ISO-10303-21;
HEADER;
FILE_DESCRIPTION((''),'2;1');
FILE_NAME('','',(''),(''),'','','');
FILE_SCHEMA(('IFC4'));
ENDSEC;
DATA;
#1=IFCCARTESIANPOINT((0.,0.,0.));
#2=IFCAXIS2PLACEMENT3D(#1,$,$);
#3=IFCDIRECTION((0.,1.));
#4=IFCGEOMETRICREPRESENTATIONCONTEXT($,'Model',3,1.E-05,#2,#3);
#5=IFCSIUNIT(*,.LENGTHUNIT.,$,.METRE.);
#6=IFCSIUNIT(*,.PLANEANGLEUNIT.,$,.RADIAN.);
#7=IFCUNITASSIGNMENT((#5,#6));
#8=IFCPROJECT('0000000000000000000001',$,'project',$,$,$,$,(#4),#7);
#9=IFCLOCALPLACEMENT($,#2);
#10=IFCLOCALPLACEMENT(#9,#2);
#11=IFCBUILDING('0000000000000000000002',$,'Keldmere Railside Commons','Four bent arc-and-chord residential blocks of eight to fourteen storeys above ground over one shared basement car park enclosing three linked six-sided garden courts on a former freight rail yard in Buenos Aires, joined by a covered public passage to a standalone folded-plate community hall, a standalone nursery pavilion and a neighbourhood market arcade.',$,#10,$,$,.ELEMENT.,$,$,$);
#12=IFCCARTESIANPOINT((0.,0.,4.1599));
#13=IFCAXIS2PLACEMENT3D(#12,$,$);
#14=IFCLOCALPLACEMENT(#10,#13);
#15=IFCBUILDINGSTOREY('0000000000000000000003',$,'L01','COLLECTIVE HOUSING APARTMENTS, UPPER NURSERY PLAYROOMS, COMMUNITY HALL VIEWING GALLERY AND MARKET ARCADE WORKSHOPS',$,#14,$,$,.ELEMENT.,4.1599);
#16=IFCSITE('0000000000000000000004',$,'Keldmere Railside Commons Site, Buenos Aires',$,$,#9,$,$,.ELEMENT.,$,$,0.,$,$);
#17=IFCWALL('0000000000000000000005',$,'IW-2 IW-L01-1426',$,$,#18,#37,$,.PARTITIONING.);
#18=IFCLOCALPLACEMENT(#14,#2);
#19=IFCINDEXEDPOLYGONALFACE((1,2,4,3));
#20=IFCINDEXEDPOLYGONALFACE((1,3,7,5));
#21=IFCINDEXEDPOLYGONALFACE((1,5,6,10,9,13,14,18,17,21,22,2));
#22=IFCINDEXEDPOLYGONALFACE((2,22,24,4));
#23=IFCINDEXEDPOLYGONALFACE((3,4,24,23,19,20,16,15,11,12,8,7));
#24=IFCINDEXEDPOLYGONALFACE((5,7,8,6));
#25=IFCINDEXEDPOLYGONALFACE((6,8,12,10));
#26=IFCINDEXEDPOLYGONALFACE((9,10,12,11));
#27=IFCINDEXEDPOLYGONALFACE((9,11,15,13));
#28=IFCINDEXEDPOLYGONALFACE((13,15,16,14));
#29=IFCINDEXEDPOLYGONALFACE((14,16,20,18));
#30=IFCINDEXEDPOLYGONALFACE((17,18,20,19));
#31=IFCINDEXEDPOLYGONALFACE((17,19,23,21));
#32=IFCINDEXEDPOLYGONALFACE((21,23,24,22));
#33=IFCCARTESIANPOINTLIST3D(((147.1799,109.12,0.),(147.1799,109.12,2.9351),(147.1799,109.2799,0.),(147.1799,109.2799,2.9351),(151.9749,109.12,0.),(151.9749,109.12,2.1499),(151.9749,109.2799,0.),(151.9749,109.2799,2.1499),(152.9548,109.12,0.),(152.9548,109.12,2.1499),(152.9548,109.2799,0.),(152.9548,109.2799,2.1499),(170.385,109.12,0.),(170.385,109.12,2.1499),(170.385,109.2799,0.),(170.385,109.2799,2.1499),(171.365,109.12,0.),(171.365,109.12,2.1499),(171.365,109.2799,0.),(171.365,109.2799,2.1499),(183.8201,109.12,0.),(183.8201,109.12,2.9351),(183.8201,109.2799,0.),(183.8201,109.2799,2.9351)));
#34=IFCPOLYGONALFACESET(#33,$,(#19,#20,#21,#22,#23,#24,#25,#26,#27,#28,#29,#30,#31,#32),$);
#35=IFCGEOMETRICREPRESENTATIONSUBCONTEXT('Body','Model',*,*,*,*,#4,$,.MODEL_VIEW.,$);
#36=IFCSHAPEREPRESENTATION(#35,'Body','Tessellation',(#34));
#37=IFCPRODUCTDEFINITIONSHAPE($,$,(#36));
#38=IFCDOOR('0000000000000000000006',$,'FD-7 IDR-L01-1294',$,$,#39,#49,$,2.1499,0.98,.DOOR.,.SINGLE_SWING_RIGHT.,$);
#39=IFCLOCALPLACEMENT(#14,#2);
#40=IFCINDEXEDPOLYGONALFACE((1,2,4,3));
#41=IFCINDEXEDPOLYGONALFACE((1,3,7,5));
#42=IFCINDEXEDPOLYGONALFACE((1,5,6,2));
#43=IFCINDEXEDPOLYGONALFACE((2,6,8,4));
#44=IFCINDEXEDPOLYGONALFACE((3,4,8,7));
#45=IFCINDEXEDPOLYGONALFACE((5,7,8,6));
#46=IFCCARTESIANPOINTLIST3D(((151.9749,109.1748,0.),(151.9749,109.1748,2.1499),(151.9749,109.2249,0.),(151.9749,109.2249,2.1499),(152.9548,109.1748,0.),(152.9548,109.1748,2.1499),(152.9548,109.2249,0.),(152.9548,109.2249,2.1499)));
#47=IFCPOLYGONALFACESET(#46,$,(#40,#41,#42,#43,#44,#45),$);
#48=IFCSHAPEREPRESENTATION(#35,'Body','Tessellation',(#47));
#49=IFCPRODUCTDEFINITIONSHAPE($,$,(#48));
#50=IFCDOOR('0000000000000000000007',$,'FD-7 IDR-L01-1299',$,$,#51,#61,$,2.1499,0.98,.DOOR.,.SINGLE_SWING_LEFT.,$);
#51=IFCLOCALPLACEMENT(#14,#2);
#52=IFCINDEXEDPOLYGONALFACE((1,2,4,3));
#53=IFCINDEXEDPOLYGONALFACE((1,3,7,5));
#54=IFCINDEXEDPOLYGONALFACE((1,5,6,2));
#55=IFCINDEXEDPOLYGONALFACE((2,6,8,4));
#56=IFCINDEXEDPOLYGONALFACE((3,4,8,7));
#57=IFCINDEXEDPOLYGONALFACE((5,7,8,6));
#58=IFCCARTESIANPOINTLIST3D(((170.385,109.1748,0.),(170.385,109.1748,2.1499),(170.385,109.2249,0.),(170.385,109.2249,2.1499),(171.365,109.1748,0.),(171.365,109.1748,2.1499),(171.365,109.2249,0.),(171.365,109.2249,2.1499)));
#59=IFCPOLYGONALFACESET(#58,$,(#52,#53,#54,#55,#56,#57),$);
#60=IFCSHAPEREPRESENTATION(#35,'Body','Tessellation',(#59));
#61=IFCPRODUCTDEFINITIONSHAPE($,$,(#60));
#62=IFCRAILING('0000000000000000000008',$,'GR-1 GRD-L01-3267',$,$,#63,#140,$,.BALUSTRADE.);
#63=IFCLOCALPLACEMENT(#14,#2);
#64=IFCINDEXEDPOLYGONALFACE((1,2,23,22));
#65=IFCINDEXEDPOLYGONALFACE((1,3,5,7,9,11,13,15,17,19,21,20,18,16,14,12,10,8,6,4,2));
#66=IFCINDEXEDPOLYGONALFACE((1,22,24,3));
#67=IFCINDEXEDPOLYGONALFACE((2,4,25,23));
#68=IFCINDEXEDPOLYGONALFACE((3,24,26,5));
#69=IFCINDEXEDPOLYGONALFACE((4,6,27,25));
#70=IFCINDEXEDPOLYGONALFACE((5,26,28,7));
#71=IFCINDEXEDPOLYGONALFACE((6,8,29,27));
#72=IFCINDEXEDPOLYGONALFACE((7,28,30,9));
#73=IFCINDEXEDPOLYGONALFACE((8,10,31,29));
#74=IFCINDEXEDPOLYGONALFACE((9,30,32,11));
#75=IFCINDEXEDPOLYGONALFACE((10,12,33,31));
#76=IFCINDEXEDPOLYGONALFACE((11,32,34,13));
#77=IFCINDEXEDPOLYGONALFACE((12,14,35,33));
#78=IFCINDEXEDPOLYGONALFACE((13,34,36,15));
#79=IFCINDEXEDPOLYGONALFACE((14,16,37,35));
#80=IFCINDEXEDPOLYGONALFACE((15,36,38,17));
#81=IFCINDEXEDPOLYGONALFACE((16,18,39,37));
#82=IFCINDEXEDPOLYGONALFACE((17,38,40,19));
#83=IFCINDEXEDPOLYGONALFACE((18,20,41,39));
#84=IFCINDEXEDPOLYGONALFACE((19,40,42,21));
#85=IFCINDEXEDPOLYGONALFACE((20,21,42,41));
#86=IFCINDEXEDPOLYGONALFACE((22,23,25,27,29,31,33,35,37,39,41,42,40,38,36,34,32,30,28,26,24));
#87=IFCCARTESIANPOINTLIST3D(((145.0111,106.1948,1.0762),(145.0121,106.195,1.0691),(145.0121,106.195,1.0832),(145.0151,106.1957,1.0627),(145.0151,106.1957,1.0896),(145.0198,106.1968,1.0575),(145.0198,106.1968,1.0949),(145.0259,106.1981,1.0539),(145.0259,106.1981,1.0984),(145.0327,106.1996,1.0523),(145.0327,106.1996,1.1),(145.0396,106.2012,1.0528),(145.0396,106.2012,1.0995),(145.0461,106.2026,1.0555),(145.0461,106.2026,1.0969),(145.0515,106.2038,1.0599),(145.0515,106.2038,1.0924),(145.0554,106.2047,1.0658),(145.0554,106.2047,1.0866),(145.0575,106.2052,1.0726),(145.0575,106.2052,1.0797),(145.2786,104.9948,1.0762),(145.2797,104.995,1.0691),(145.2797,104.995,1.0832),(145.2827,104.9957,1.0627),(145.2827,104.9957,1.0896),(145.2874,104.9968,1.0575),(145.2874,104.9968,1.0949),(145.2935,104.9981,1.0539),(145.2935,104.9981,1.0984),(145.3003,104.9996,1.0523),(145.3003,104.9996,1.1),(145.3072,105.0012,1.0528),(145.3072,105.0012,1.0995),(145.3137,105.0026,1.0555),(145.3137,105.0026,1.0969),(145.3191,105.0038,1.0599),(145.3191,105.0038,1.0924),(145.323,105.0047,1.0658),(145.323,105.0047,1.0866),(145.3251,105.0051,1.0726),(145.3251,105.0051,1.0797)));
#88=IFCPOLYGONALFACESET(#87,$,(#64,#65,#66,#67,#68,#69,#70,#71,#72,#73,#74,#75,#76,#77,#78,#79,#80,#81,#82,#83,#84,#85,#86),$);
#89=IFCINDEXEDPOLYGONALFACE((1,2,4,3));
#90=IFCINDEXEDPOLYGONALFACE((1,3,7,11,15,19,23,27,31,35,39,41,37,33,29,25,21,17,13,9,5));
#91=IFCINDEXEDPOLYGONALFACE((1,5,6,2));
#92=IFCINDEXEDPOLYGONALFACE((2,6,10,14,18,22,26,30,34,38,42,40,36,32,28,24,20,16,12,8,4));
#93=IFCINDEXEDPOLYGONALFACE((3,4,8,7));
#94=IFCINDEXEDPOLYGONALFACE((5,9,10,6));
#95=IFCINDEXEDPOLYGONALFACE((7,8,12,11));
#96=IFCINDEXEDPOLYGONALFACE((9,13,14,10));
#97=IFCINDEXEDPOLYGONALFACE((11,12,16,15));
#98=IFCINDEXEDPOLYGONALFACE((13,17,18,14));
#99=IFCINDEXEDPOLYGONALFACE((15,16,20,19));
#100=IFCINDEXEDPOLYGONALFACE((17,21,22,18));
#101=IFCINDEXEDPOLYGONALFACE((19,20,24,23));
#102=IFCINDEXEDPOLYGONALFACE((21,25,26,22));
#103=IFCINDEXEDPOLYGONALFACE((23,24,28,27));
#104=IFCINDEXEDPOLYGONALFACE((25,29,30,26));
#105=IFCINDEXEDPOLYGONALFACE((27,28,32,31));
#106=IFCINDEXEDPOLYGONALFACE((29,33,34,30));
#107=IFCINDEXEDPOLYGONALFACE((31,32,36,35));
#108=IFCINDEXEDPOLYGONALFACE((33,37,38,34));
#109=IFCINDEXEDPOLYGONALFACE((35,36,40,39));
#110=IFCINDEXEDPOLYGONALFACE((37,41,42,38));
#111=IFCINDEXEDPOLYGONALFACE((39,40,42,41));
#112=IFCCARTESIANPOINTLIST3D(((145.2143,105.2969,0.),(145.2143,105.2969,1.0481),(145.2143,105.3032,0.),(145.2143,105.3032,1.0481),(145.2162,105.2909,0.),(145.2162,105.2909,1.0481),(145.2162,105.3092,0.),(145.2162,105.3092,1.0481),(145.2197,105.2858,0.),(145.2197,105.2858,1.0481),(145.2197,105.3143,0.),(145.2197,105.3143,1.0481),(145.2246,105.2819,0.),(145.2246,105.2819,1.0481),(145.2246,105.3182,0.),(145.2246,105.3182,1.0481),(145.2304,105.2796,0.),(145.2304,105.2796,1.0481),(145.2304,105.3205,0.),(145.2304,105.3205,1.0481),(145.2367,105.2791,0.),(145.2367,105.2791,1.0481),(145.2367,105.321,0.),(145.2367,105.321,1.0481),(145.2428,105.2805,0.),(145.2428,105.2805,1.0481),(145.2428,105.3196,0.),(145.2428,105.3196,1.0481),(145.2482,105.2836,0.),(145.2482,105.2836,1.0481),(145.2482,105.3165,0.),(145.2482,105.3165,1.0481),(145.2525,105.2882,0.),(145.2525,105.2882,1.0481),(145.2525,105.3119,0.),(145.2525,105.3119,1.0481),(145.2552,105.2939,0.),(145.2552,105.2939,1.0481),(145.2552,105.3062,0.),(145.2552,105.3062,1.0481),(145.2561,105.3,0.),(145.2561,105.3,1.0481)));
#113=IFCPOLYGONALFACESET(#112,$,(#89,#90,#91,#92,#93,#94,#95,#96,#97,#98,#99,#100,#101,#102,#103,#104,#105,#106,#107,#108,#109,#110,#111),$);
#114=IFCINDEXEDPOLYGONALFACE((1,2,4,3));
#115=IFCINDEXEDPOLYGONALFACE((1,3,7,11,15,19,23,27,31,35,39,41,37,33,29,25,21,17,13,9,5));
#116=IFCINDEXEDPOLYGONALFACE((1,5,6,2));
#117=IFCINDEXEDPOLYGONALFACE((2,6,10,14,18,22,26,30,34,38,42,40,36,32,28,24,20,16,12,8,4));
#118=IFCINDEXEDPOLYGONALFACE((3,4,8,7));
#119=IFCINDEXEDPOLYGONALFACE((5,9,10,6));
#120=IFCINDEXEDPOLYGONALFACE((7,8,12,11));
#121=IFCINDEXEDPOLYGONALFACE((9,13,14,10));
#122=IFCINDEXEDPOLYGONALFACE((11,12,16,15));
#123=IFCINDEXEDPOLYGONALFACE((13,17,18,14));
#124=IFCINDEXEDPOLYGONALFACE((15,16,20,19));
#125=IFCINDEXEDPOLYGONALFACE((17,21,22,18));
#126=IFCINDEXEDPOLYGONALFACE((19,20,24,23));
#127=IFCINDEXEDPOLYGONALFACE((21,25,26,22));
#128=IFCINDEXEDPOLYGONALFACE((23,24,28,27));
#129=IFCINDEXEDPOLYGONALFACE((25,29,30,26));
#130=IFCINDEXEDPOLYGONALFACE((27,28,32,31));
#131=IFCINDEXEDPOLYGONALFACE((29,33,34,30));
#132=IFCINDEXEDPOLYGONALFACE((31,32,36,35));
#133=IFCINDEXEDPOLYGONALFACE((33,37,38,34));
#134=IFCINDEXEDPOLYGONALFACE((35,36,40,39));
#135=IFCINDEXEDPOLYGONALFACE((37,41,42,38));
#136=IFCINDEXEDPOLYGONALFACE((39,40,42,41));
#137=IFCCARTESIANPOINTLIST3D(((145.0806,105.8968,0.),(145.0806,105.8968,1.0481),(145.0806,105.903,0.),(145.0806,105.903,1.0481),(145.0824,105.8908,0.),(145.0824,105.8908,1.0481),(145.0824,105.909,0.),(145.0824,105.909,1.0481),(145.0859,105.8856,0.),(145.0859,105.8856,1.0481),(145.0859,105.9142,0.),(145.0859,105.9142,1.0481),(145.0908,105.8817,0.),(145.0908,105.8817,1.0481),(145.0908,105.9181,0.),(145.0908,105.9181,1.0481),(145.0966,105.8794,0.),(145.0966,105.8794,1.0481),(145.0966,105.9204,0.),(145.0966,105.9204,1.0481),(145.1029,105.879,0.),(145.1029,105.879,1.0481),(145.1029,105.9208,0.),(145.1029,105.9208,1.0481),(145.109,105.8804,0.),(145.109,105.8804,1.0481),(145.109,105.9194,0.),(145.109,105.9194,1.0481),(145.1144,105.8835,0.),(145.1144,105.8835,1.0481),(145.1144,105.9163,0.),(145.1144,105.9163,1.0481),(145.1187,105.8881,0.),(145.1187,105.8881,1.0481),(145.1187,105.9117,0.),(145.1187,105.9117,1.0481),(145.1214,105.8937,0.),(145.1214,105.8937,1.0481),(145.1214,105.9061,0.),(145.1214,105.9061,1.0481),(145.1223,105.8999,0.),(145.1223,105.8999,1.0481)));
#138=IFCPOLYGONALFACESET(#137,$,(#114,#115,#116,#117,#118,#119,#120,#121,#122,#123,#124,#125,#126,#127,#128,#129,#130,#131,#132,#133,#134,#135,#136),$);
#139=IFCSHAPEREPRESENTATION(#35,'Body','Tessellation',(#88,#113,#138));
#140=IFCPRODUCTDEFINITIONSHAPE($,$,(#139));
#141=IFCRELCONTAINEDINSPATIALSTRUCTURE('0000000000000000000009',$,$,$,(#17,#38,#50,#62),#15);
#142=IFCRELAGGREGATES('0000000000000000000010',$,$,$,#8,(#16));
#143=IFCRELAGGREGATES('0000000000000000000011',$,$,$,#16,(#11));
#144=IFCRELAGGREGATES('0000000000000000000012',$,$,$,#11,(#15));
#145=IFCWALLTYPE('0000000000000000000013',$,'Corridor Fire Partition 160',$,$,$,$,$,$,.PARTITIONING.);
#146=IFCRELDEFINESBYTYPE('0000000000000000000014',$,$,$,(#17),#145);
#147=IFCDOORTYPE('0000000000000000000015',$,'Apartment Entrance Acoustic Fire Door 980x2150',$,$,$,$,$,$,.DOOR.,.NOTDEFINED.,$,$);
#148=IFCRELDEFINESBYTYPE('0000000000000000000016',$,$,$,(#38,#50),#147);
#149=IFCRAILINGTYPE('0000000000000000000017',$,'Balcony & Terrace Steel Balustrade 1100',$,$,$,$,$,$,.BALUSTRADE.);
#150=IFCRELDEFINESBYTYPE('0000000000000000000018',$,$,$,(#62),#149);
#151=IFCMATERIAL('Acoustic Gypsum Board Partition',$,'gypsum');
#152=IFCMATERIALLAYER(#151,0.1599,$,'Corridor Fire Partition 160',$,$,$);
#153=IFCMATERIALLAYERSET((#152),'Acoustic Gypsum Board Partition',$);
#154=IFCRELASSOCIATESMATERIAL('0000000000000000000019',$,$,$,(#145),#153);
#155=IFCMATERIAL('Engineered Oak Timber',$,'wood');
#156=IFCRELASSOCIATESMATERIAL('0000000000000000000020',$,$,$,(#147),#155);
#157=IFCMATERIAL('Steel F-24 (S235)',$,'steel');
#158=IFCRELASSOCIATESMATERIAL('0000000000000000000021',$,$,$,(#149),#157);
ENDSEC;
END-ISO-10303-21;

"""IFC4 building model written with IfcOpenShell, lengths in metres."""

from ifc_helpers import new_model, si_unit, direction, frame, frame_2d, origin, origin_2d, place, context, subcontext, project, spatial, rectangle, circle, extrude, material, layer, layer_set, type_object, element, fill, save


model = new_model("IFC4")

# Units and contexts
model_context = context("Model", 3, precision=1e-05, world=origin(), true_north=direction((0.0, 1.0)))
body_context = subcontext(model_context, "Body", "Model", "MODEL_VIEW")
ifc_project = project(units=[si_unit("LENGTHUNIT", "METRE"), si_unit("PLANEANGLEUNIT", "RADIAN")], contexts=[model_context])

# Site, building, storey
site_placement = place(None, origin())
site = spatial("IfcSite", under=ifc_project, at=site_placement, Name="Keldmere Railside Commons Site, Buenos Aires", CompositionType="ELEMENT", RefElevation=0.0)
building_placement = place(site_placement, origin())
building = spatial("IfcBuilding", under=site, at=building_placement, Name="Keldmere Railside Commons", Description="Four bent arc-and-chord residential blocks of eight to fourteen storeys above ground over one shared basement car park enclosing three linked six-sided garden courts on a former freight rail yard in Buenos Aires, joined by a covered public passage to a standalone folded-plate community hall, a standalone nursery pavilion and a neighbourhood market arcade.", CompositionType="ELEMENT")
storey_placement = place(building_placement, frame((0.0, 0.0, 4.1599)))
storey = spatial("IfcBuildingStorey", under=building, at=storey_placement, Name="L01", Description="COLLECTIVE HOUSING APARTMENTS, UPPER NURSERY PLAYROOMS, COMMUNITY HALL VIEWING GALLERY AND MARKET ARCADE WORKSHOPS", CompositionType="ELEMENT", Elevation=4.1599)

# Shared definitions
ifc_material_1 = material(Name="Acoustic Gypsum Board Partition", Category="gypsum")
ifc_material_2 = material(Name="Engineered Oak Timber", Category="wood")

# Wall, openings, doors
ifc_layer_1 = layer(ifc_material_1, 0.1599, Name="Corridor Fire Partition 160")
ifc_layer_set_1 = layer_set([ifc_layer_1], Name="Acoustic Gypsum Board Partition")
wall_type_1 = type_object("IfcWallType", Name="Corridor Fire Partition 160", PredefinedType="PARTITIONING", material=ifc_layer_set_1)
door_type_1 = type_object("IfcDoorType", Name="Apartment Entrance Acoustic Fire Door 980x2150", OperationType="NOTDEFINED", PredefinedType="DOOR", material=ifc_material_2)
ifc_material_3 = material(Name="Steel F-24 (S235)", Category="steel")
wall_1_placement = place(storey_placement, frame((147.1799, 109.2, 0.0), z_axis=(0.0, 0.0, 1.0), x_axis=(1.0, 0.0, 0.0)))
wall_1 = element("IfcWall", 1, at=wall_1_placement, inside=storey, type_object=wall_type_1, Name="IW-2 IW-L01-1426", PredefinedType="PARTITIONING", context=body_context, shape_type="SweptSolid", body=[
    extrude(rectangle(XDim=36.6401, YDim=0.1599, at=frame_2d((18.3201, 0.0))), origin(), (0.0, 0.0, 1.0), 2.9351),
])
opening_1_placement = place(wall_1_placement, frame((4.7949, 0.0, 0.0)))
opening_1 = element("IfcOpeningElement", 2, at=opening_1_placement, cuts=wall_1, PredefinedType="OPENING", context=body_context, shape_type="SweptSolid", body=[
    extrude(rectangle(XDim=0.98, YDim=2.1499, at=frame_2d((0.49, 1.075))), frame((0.0, 0.0898, 0.0), z_axis=(0.0, -1.0, 0.0), x_axis=(1.0, 0.0, 0.0)), (0.0, 0.0, 1.0), 0.1799),
])
opening_2_placement = place(wall_1_placement, frame((23.2051, 0.0, 0.0)))
opening_2 = element("IfcOpeningElement", 3, at=opening_2_placement, cuts=wall_1, PredefinedType="OPENING", context=body_context, shape_type="SweptSolid", body=[
    extrude(rectangle(XDim=0.98, YDim=2.1499, at=frame_2d((0.49, 1.075))), frame((0.0, 0.0898, 0.0), z_axis=(0.0, -1.0, 0.0), x_axis=(1.0, 0.0, 0.0)), (0.0, 0.0, 1.0), 0.1799),
])
door_1_placement = place(opening_1_placement, origin())
door_1 = element("IfcDoor", 4, at=door_1_placement, inside=storey, type_object=door_type_1, Name="FD-7 IDR-L01-1294", OperationType="SINGLE_SWING_RIGHT", OverallHeight=2.1499, OverallWidth=0.98, PredefinedType="DOOR", context=body_context, shape_type="SweptSolid", body=[
    extrude(rectangle(XDim=0.98, YDim=2.1499, at=frame_2d((0.49, 1.075))), frame((0.0, 0.0249, 0.0), z_axis=(0.0, -1.0, 0.0), x_axis=(1.0, 0.0, 0.0)), (0.0, 0.0, 1.0), 0.05),
])
fill(opening_1, door_1)
door_2_placement = place(opening_2_placement, origin())
door_2 = element("IfcDoor", 5, at=door_2_placement, inside=storey, type_object=door_type_1, Name="FD-7 IDR-L01-1299", OperationType="SINGLE_SWING_LEFT", OverallHeight=2.1499, OverallWidth=0.98, PredefinedType="DOOR", context=body_context, shape_type="SweptSolid", body=[
    extrude(rectangle(XDim=0.98, YDim=2.1499, at=frame_2d((0.49, 1.075))), frame((0.0, 0.0249, 0.0), z_axis=(0.0, -1.0, 0.0), x_axis=(1.0, 0.0, 0.0)), (0.0, 0.0, 1.0), 0.05),
])
fill(opening_2, door_2)

# Railing
railing_type = type_object("IfcRailingType", Name="Balcony & Terrace Steel Balustrade 1100", PredefinedType="BALUSTRADE", material=ifc_material_3)
railing_1_placement = place(storey_placement, frame((145.302, 105.0, 0.0)))
element("IfcRailing", 6, at=railing_1_placement, inside=storey, type_object=railing_type, Name="GR-1 GRD-L01-3267", PredefinedType="BALUSTRADE", context=body_context, shape_type="SweptSolid", body=[
    extrude(circle(Radius=0.0239, at=origin_2d()), frame((0.0, 0.0, 1.0762), z_axis=(-0.217645, 0.976028, 0.0), x_axis=(-0.976028, -0.217645, 0.0)), (0.0, 0.0, 1.0), 1.2295),
    extrude(circle(Radius=0.021, at=origin_2d()), frame((-0.0669, 0.3, 0.0)), (0.0, 0.0, 1.0), 1.0481),
    extrude(circle(Radius=0.021, at=origin_2d()), frame((-0.2007, 0.8999, 0.0)), (0.0, 0.0, 1.0), 1.0481),
])

save(model, "model.ifc")
